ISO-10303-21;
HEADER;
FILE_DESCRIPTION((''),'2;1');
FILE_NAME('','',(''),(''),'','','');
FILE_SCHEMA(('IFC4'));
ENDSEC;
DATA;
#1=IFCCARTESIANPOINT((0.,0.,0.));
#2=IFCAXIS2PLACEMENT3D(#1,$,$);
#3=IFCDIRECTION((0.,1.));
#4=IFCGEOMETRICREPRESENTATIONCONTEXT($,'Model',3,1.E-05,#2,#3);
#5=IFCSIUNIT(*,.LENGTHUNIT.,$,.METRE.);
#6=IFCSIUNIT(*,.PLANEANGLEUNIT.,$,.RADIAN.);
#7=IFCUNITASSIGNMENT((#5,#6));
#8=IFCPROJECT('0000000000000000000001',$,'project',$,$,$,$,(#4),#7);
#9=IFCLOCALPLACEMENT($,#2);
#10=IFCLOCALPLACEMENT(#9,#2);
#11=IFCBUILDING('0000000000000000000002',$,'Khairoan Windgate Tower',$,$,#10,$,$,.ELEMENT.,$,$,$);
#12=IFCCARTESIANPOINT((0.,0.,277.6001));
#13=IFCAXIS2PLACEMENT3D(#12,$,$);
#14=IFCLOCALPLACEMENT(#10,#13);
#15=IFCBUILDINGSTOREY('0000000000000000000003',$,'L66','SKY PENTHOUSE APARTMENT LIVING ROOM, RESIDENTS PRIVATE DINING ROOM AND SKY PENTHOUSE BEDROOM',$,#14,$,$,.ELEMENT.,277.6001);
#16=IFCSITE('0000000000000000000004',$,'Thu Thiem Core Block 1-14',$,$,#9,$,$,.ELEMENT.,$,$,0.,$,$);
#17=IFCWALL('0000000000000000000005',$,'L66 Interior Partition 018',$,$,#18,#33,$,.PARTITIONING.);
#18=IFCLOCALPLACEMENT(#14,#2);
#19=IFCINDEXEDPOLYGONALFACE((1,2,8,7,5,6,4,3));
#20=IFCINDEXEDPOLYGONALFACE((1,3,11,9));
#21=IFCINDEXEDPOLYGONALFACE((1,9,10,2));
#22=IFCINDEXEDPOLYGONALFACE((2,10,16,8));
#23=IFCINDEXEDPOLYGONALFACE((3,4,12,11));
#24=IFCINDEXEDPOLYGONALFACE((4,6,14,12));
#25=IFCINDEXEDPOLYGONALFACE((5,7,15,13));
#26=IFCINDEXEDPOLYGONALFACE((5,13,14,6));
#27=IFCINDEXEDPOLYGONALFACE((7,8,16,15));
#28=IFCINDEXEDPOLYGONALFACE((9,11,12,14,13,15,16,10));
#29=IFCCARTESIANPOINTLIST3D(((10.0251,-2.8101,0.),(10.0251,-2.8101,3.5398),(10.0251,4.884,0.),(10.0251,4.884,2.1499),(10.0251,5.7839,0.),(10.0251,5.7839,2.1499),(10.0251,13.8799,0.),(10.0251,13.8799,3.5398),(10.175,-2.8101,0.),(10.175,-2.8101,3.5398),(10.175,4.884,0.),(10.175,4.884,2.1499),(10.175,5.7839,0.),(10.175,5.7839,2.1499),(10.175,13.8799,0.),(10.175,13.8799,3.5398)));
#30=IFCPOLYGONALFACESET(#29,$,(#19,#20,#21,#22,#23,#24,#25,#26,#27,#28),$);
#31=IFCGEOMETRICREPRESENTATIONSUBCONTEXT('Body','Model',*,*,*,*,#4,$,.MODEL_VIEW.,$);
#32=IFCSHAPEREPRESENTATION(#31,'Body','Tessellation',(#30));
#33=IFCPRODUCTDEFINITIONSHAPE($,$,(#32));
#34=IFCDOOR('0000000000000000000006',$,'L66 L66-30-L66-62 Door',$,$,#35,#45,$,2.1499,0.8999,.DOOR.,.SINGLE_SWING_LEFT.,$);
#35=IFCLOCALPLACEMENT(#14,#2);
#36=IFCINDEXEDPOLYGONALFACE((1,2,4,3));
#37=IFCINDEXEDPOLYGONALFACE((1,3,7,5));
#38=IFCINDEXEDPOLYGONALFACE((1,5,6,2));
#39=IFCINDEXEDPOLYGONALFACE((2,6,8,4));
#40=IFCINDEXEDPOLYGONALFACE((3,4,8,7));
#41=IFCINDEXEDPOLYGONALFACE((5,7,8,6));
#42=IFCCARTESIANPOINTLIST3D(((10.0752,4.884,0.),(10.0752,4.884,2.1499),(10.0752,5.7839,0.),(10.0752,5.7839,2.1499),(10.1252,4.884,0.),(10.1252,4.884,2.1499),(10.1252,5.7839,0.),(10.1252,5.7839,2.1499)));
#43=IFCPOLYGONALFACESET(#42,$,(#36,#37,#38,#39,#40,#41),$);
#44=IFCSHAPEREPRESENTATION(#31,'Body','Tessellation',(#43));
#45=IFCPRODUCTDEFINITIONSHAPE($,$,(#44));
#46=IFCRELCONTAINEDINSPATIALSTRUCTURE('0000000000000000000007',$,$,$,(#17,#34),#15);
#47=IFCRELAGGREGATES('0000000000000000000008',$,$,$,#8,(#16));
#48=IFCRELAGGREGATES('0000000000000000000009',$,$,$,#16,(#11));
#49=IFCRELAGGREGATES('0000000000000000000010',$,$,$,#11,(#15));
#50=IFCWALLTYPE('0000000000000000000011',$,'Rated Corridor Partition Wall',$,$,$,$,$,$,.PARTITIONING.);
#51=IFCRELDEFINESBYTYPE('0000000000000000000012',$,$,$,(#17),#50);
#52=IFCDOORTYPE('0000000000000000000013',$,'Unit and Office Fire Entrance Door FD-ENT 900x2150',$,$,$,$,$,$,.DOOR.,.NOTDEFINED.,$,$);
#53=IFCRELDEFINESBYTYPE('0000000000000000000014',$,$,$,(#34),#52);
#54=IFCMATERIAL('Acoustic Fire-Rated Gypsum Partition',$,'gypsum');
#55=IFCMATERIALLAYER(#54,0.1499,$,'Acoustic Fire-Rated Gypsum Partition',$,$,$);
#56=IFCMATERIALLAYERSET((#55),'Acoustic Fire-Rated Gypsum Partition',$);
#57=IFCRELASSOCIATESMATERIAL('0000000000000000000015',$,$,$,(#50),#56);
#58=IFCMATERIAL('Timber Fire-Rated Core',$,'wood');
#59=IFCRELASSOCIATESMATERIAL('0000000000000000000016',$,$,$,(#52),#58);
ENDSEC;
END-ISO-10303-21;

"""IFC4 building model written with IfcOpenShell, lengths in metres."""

from ifc_helpers import new_model, si_unit, direction, frame, frame_2d, origin, place, context, subcontext, project, spatial, rectangle, extrude, material, layer, layer_set, type_object, element, fill, save


model = new_model("IFC4")

# Units and contexts
model_context = context("Model", 3, precision=1e-05, world=origin(), true_north=direction((0.0, 1.0)))
body_context = subcontext(model_context, "Body", "Model", "MODEL_VIEW")
ifc_project = project(units=[si_unit("LENGTHUNIT", "METRE"), si_unit("PLANEANGLEUNIT", "RADIAN")], contexts=[model_context])

# Site, building, storey
site_placement = place(None, origin())
site = spatial("IfcSite", under=ifc_project, at=site_placement, Name="Thu Thiem Core Block 1-14", CompositionType="ELEMENT", RefElevation=0.0)
building_placement = place(site_placement, origin())
building = spatial("IfcBuilding", under=site, at=building_placement, Name="Khairoan Windgate Tower", CompositionType="ELEMENT")
storey_placement = place(building_placement, frame((0.0, 0.0, 277.6001)))
storey = spatial("IfcBuildingStorey", under=building, at=storey_placement, Name="L66", Description="SKY PENTHOUSE APARTMENT LIVING ROOM, RESIDENTS PRIVATE DINING ROOM AND SKY PENTHOUSE BEDROOM", CompositionType="ELEMENT", Elevation=277.6001)

# Wall, opening, door
ifc_material_1 = material(Name="Acoustic Fire-Rated Gypsum Partition", Category="gypsum")
ifc_layer_1 = layer(ifc_material_1, 0.1499, Name="Acoustic Fire-Rated Gypsum Partition")
ifc_layer_set_1 = layer_set([ifc_layer_1], Name="Acoustic Fire-Rated Gypsum Partition")
wall_type_1 = type_object("IfcWallType", Name="Rated Corridor Partition Wall", PredefinedType="PARTITIONING", material=ifc_layer_set_1)
wall_1_placement = place(storey_placement, frame((10.1001, -2.8101, 0.0), z_axis=(0.0, 0.0, 1.0), x_axis=(0.0, 1.0, 0.0)))
wall_1 = element("IfcWall", 1, at=wall_1_placement, inside=storey, type_object=wall_type_1, Name="L66 Interior Partition 018", PredefinedType="PARTITIONING", context=body_context, shape_type="SweptSolid", body=[
    extrude(rectangle(XDim=16.6899, YDim=0.1499, at=frame_2d((8.345, 0.0))), origin(), (0.0, 0.0, 1.0), 3.5398),
])
opening_1_placement = place(wall_1_placement, frame((7.6941, 0.0, 0.0)))
opening_1 = element("IfcOpeningElement", 2, at=opening_1_placement, cuts=wall_1, PredefinedType="OPENING", context=body_context, shape_type="SweptSolid", body=[
    extrude(rectangle(XDim=0.8999, YDim=2.1499, at=frame_2d((0.45, 1.075))), frame((0.0, 0.085, 0.0), z_axis=(0.0, -1.0, 0.0), x_axis=(1.0, 0.0, 0.0)), (0.0, 0.0, 1.0), 0.1699),
])
ifc_material_2 = material(Name="Timber Fire-Rated Core", Category="wood")
door_type_1 = type_object("IfcDoorType", Name="Unit and Office Fire Entrance Door FD-ENT 900x2150", OperationType="NOTDEFINED", PredefinedType="DOOR", material=ifc_material_2)
door_1_placement = place(opening_1_placement, origin())
door_1 = element("IfcDoor", 3, at=door_1_placement, inside=storey, type_object=door_type_1, Name="L66 L66-30-L66-62 Door", OperationType="SINGLE_SWING_LEFT", OverallHeight=2.1499, OverallWidth=0.8999, PredefinedType="DOOR", context=body_context, shape_type="SweptSolid", body=[
    extrude(rectangle(XDim=0.8999, YDim=2.1499, at=frame_2d((0.45, 1.075))), frame((0.0, 0.0249, 0.0), z_axis=(0.0, -1.0, 0.0), x_axis=(1.0, 0.0, 0.0)), (0.0, 0.0, 1.0), 0.05),
])
fill(opening_1, door_1)

save(model, "model.ifc")
